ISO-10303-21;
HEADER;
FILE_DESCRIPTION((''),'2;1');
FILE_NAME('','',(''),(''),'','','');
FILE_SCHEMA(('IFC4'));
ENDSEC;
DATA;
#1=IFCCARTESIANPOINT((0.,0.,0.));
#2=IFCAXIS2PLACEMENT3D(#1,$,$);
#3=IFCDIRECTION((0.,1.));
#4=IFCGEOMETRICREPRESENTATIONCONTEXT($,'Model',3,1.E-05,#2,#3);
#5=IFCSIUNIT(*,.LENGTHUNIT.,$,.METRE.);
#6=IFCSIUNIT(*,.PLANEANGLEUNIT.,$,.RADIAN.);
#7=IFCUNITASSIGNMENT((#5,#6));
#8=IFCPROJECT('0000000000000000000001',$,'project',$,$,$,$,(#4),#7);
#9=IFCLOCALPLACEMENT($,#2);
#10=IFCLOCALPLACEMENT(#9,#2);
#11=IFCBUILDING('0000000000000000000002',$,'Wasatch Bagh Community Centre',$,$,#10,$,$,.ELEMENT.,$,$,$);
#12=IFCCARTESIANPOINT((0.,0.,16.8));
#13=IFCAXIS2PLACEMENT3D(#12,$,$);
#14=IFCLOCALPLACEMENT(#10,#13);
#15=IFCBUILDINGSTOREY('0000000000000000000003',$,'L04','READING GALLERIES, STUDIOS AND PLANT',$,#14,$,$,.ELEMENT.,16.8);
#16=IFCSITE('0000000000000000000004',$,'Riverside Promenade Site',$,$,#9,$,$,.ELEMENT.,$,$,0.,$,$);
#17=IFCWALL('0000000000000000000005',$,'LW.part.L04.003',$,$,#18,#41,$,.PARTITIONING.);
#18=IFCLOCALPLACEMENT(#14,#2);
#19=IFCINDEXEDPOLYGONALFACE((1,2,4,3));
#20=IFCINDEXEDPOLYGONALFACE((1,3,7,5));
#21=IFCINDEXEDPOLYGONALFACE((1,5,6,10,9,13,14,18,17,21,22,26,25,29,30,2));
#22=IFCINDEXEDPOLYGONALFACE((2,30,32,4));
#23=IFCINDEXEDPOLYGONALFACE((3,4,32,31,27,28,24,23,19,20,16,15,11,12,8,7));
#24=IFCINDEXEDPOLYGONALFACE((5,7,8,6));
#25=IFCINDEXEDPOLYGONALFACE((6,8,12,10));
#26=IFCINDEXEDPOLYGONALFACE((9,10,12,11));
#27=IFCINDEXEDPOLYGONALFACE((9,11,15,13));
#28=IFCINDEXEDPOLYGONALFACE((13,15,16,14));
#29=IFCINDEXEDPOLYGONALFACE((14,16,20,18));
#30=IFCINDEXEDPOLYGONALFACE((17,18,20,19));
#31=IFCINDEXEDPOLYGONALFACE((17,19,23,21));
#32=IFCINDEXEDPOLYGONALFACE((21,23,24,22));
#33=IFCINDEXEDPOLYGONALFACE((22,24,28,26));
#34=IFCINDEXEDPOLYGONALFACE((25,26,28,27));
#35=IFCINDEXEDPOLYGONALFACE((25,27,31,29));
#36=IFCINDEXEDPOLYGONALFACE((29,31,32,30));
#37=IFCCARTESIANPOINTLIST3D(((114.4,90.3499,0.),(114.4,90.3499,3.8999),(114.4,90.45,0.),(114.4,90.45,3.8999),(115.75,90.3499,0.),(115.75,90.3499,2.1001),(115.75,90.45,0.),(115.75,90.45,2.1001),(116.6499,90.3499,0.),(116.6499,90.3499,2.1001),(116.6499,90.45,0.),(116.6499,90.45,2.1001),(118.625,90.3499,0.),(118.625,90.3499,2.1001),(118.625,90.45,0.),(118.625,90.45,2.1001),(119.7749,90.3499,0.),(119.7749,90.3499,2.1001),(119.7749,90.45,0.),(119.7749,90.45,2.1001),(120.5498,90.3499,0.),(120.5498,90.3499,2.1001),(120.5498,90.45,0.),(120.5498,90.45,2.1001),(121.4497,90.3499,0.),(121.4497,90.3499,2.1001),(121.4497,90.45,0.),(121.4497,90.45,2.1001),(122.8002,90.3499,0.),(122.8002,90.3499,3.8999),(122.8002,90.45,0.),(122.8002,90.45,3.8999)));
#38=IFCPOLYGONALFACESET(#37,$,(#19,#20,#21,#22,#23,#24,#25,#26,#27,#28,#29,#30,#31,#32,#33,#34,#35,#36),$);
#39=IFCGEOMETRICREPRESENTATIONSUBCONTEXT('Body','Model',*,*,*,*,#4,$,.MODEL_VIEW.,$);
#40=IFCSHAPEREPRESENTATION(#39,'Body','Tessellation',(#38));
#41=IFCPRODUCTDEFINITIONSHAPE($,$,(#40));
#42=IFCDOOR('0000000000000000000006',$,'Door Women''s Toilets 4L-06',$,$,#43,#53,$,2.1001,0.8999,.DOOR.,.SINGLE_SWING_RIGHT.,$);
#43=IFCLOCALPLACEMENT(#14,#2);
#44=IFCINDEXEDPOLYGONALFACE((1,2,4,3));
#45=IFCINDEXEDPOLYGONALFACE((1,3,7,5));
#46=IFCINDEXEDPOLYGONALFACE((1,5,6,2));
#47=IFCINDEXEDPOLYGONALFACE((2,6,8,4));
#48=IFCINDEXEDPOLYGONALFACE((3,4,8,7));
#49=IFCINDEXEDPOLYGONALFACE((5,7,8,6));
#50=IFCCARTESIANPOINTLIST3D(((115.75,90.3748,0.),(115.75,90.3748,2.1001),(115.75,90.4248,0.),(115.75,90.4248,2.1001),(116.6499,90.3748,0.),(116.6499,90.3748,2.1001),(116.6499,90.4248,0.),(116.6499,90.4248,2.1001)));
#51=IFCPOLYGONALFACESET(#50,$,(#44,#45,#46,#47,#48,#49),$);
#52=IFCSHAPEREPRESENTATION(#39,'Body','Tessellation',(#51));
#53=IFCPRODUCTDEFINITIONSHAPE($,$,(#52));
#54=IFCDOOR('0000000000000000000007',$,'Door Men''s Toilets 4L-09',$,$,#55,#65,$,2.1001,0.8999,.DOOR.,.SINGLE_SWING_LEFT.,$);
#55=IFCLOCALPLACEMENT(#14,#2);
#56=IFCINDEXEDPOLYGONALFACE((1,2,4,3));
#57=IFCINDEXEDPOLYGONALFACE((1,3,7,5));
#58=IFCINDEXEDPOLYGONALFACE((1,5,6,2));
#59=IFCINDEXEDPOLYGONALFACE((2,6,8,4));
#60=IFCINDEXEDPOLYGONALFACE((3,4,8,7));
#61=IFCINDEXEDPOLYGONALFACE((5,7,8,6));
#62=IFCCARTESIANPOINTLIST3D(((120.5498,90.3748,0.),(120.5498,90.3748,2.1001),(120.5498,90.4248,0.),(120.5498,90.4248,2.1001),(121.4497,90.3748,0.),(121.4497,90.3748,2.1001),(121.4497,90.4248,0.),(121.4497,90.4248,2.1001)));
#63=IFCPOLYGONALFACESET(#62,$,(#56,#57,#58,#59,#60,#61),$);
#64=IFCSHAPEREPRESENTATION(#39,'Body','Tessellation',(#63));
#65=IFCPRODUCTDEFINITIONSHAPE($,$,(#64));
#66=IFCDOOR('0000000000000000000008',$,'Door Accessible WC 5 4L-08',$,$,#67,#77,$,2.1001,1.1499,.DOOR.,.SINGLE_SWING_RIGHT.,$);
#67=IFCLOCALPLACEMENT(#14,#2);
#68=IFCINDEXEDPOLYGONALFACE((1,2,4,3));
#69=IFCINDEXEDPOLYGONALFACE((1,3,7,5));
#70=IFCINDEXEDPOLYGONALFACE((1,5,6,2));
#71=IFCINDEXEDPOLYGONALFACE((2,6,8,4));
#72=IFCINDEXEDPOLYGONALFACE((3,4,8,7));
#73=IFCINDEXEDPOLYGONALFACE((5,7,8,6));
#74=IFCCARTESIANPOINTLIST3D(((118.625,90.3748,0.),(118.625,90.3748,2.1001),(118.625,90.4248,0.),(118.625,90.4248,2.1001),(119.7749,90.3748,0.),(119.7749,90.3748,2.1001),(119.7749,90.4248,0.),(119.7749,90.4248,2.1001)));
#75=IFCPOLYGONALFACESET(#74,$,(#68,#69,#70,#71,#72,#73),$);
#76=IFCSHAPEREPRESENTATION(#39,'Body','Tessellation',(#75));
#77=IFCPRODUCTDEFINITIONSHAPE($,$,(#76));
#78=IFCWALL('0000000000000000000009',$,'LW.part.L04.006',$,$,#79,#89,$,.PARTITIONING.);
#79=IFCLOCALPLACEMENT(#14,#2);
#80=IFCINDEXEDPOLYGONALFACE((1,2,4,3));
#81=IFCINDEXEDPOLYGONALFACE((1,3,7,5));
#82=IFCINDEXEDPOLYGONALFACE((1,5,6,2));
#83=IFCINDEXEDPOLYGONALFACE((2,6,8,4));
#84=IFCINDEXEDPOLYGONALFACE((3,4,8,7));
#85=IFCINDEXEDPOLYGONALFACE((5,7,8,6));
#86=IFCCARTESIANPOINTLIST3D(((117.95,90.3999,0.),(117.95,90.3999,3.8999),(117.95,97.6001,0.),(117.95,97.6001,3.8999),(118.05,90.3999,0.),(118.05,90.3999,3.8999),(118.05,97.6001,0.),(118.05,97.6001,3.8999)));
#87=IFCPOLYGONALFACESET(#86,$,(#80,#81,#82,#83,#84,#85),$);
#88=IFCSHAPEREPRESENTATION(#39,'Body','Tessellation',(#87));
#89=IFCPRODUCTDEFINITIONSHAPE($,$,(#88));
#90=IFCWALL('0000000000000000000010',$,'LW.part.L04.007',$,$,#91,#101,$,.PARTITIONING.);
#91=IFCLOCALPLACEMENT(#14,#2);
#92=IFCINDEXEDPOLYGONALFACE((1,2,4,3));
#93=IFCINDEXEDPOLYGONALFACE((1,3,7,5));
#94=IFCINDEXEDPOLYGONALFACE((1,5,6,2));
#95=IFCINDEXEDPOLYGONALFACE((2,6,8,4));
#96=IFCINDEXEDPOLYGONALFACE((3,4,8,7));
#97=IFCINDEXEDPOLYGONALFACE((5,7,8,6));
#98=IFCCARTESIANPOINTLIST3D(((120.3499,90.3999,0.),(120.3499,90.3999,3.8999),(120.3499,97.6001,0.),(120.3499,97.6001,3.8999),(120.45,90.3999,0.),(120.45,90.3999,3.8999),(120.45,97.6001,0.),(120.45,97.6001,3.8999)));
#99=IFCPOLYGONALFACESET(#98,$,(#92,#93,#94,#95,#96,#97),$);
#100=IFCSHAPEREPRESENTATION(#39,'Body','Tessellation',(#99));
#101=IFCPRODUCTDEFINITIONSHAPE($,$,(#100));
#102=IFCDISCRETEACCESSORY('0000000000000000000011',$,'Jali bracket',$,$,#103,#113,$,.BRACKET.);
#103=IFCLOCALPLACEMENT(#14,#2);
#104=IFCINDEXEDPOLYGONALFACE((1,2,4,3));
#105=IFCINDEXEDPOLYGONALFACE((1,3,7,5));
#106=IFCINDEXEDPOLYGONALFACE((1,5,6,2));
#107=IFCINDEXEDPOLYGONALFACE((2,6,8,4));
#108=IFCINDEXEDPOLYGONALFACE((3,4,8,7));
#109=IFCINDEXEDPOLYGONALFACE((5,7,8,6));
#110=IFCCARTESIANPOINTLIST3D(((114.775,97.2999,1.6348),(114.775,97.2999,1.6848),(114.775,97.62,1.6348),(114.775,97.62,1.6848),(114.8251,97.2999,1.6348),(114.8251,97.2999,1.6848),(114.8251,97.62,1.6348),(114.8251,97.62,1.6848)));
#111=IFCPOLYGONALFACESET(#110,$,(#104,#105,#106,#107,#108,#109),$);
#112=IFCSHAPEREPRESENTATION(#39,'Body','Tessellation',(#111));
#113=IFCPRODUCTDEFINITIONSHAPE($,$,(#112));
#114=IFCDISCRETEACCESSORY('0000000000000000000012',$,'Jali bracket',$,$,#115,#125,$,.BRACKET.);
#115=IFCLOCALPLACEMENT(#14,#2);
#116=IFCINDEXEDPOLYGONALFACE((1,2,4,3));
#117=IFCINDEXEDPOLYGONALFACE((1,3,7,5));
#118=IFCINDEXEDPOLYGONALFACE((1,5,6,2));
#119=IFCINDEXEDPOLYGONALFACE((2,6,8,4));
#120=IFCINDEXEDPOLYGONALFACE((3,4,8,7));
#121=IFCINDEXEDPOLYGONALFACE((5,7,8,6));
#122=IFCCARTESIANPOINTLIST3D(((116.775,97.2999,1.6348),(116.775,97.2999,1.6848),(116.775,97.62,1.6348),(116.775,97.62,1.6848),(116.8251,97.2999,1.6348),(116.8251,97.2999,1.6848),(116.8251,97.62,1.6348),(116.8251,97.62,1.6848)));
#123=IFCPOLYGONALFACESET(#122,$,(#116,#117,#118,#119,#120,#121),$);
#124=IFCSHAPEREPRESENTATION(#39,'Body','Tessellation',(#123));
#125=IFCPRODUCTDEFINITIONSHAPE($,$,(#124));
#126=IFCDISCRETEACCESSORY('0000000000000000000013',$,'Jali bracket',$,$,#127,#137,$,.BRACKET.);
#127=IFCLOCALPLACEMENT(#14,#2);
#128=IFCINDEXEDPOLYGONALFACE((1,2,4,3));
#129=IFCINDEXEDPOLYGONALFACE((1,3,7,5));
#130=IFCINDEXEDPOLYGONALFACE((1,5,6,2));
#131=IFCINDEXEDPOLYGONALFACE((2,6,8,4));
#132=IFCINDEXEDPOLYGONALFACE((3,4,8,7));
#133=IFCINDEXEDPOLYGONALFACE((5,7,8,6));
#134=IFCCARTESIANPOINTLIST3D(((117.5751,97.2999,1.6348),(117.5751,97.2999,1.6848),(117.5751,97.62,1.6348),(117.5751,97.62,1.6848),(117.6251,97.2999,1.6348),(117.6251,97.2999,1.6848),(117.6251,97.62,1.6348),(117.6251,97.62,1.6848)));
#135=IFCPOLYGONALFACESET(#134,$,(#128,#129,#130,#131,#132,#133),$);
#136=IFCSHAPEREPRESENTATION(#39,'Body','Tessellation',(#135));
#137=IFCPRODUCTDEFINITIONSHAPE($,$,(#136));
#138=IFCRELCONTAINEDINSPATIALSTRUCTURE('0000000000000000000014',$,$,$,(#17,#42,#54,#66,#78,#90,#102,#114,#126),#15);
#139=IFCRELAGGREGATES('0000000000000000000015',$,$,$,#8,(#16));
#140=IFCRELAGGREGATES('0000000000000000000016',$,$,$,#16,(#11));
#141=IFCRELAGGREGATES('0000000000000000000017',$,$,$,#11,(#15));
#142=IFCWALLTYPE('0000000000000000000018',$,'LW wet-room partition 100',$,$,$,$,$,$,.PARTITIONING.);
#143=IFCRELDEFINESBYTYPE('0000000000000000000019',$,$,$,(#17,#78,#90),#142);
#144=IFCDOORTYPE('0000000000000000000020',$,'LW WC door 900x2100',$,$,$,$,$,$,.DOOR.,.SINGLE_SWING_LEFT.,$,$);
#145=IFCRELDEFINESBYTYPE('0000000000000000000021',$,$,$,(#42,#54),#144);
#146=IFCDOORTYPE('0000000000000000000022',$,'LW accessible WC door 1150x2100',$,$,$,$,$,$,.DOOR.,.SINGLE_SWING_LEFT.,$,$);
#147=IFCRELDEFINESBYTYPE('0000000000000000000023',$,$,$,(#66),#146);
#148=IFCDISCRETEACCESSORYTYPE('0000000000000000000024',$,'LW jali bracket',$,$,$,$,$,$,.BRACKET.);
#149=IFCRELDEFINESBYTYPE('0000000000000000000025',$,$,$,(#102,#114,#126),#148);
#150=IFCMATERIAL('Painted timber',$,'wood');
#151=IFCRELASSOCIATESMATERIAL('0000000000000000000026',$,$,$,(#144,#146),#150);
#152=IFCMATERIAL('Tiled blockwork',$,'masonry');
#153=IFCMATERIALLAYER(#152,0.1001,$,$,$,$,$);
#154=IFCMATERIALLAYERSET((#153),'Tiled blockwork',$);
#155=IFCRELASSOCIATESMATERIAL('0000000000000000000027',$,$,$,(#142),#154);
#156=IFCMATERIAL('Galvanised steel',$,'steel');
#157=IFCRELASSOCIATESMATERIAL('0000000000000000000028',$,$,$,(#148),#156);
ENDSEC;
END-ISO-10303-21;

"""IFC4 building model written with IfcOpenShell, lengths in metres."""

from ifc_helpers import new_model, si_unit, direction, frame, frame_2d, origin, origin_2d, place, context, subcontext, project, spatial, rectangle, extrude, material, layer, layer_set, type_object, element, fill, save


model = new_model("IFC4")

# Units and contexts
model_context = context("Model", 3, precision=1e-05, world=origin(), true_north=direction((0.0, 1.0)))
body_context = subcontext(model_context, "Body", "Model", "MODEL_VIEW")
ifc_project = project(units=[si_unit("LENGTHUNIT", "METRE"), si_unit("PLANEANGLEUNIT", "RADIAN")], contexts=[model_context])

# Site, building, storey
site_placement = place(None, origin())
site = spatial("IfcSite", under=ifc_project, at=site_placement, Name="Riverside Promenade Site", CompositionType="ELEMENT", RefElevation=0.0)
building_placement = place(site_placement, origin())
building = spatial("IfcBuilding", under=site, at=building_placement, Name="Wasatch Bagh Community Centre", CompositionType="ELEMENT")
storey_placement = place(building_placement, frame((0.0, 0.0, 16.8)))
storey = spatial("IfcBuildingStorey", under=building, at=storey_placement, Name="L04", Description="READING GALLERIES, STUDIOS AND PLANT", CompositionType="ELEMENT", Elevation=16.8)

# Shared definitions
ifc_material_1 = material(Name="Painted timber", Category="wood")
door_type_1 = type_object("IfcDoorType", Name="LW WC door 900x2100", OperationType="SINGLE_SWING_LEFT", PredefinedType="DOOR", material=ifc_material_1)

# Wall, openings, doors
ifc_material_2 = material(Name="Tiled blockwork", Category="masonry")
ifc_layer_1 = layer(ifc_material_2, 0.1001)
ifc_layer_set_1 = layer_set([ifc_layer_1], Name="Tiled blockwork")
wall_type_1 = type_object("IfcWallType", Name="LW wet-room partition 100", PredefinedType="PARTITIONING", material=ifc_layer_set_1)
wall_1_placement = place(storey_placement, frame((114.3999, 90.3999, 0.0), z_axis=(0.0, 0.0, 1.0), x_axis=(1.0, 0.0, 0.0)))
wall_1 = element("IfcWall", 1, at=wall_1_placement, inside=storey, type_object=wall_type_1, Name="LW.part.L04.003", PredefinedType="PARTITIONING", context=body_context, shape_type="SweptSolid", body=[
    extrude(rectangle(XDim=8.4001, YDim=0.1001, at=frame_2d((4.2002, 0.0))), origin(), (0.0, 0.0, 1.0), 3.8999),
])
opening_1_placement = place(wall_1_placement, frame((1.3501, 0.0, 0.0)))
opening_1 = element("IfcOpeningElement", 2, at=opening_1_placement, cuts=wall_1, PredefinedType="OPENING", context=body_context, shape_type="SweptSolid", body=[
    extrude(rectangle(XDim=0.8999, YDim=2.1001, at=frame_2d((0.45, 1.05))), frame((0.0, 0.0601, 0.0), z_axis=(0.0, -1.0, 0.0), x_axis=(1.0, 0.0, 0.0)), (0.0, 0.0, 1.0), 0.1201),
])
opening_2_placement = place(wall_1_placement, frame((4.2251, 0.0, 0.0)))
opening_2 = element("IfcOpeningElement", 3, at=opening_2_placement, cuts=wall_1, PredefinedType="OPENING", context=body_context, shape_type="SweptSolid", body=[
    extrude(rectangle(XDim=1.1499, YDim=2.1001, at=frame_2d((0.575, 1.05))), frame((0.0, 0.0601, 0.0), z_axis=(0.0, -1.0, 0.0), x_axis=(1.0, 0.0, 0.0)), (0.0, 0.0, 1.0), 0.1201),
])
opening_3_placement = place(wall_1_placement, frame((6.1499, 0.0, 0.0)))
opening_3 = element("IfcOpeningElement", 4, at=opening_3_placement, cuts=wall_1, PredefinedType="OPENING", context=body_context, shape_type="SweptSolid", body=[
    extrude(rectangle(XDim=0.8999, YDim=2.1001, at=frame_2d((0.45, 1.05))), frame((0.0, 0.0601, 0.0), z_axis=(0.0, -1.0, 0.0), x_axis=(1.0, 0.0, 0.0)), (0.0, 0.0, 1.0), 0.1201),
])
door_1_placement = place(opening_1_placement, origin())
door_1 = element("IfcDoor", 5, at=door_1_placement, inside=storey, type_object=door_type_1, Name="Door Women's Toilets 4L-06", OperationType="SINGLE_SWING_RIGHT", OverallHeight=2.1001, OverallWidth=0.8999, PredefinedType="DOOR", context=body_context, shape_type="SweptSolid", body=[
    extrude(rectangle(XDim=0.8999, YDim=2.1001, at=frame_2d((0.45, 1.05))), frame((0.0, 0.0249, 0.0), z_axis=(0.0, -1.0, 0.0), x_axis=(1.0, 0.0, 0.0)), (0.0, 0.0, 1.0), 0.05),
])
fill(opening_1, door_1)
door_2_placement = place(opening_3_placement, origin())
door_2 = element("IfcDoor", 6, at=door_2_placement, inside=storey, type_object=door_type_1, Name="Door Men's Toilets 4L-09", OperationType="SINGLE_SWING_LEFT", OverallHeight=2.1001, OverallWidth=0.8999, PredefinedType="DOOR", context=body_context, shape_type="SweptSolid", body=[
    extrude(rectangle(XDim=0.8999, YDim=2.1001, at=frame_2d((0.45, 1.05))), frame((0.0, 0.0249, 0.0), z_axis=(0.0, -1.0, 0.0), x_axis=(1.0, 0.0, 0.0)), (0.0, 0.0, 1.0), 0.05),
])
fill(opening_3, door_2)
door_type_2 = type_object("IfcDoorType", Name="LW accessible WC door 1150x2100", OperationType="SINGLE_SWING_LEFT", PredefinedType="DOOR", material=ifc_material_1)
door_3_placement = place(opening_2_placement, origin())
door_3 = element("IfcDoor", 7, at=door_3_placement, inside=storey, type_object=door_type_2, Name="Door Accessible WC 5 4L-08", OperationType="SINGLE_SWING_RIGHT", OverallHeight=2.1001, OverallWidth=1.1499, PredefinedType="DOOR", context=body_context, shape_type="SweptSolid", body=[
    extrude(rectangle(XDim=1.1499, YDim=2.1001, at=frame_2d((0.575, 1.05))), frame((0.0, 0.0249, 0.0), z_axis=(0.0, -1.0, 0.0), x_axis=(1.0, 0.0, 0.0)), (0.0, 0.0, 1.0), 0.05),
])
fill(opening_2, door_3)

# Walls
for number, where, z_axis, x_axis, name in (
    (8, (118.0, 90.3999, 0.0), (0.0, 0.0, 1.0), (0.0, 1.0, 0.0), "LW.part.L04.006"),
    (9, (120.3999, 90.3999, 0.0), (0.0, 0.0, 1.0), (0.0, 1.0, 0.0), "LW.part.L04.007"),
):
    element("IfcWall", number, at=place(storey_placement, frame(where, z_axis=z_axis, x_axis=x_axis)), inside=storey, type_object=wall_type_1, Name=name, PredefinedType="PARTITIONING", context=body_context, shape_type="SweptSolid", body=[
        extrude(rectangle(XDim=7.2002, YDim=0.1001, at=frame_2d((3.6001, 0.0))), origin(), (0.0, 0.0, 1.0), 3.8999),
    ])

# Discrete accessories
ifc_material_3 = material(Name="Galvanised steel", Category="steel")
discrete_accessory_type = type_object("IfcDiscreteAccessoryType", Name="LW jali bracket", PredefinedType="BRACKET", material=ifc_material_3)
for number, where, z_axis, x_axis, name in (
    (10, (114.8, 97.46, 1.6348), (0.0, 0.0, 1.0), (1.0, 0.0, 0.0), "Jali bracket"),
    (11, (116.8, 97.46, 1.6348), (0.0, 0.0, 1.0), (1.0, 0.0, 0.0), "Jali bracket"),
    (12, (117.6001, 97.46, 1.6348), (0.0, 0.0, 1.0), (1.0, 0.0, 0.0), "Jali bracket"),
):
    element("IfcDiscreteAccessory", number, at=place(storey_placement, frame(where, z_axis=z_axis, x_axis=x_axis)), inside=storey, type_object=discrete_accessory_type, Name=name, PredefinedType="BRACKET", context=body_context, shape_type="SweptSolid", body=[
        extrude(rectangle(XDim=0.05, YDim=0.3201, at=origin_2d()), origin(), (0.0, 0.0, 1.0), 0.05),
    ])

save(model, "model.ifc")
